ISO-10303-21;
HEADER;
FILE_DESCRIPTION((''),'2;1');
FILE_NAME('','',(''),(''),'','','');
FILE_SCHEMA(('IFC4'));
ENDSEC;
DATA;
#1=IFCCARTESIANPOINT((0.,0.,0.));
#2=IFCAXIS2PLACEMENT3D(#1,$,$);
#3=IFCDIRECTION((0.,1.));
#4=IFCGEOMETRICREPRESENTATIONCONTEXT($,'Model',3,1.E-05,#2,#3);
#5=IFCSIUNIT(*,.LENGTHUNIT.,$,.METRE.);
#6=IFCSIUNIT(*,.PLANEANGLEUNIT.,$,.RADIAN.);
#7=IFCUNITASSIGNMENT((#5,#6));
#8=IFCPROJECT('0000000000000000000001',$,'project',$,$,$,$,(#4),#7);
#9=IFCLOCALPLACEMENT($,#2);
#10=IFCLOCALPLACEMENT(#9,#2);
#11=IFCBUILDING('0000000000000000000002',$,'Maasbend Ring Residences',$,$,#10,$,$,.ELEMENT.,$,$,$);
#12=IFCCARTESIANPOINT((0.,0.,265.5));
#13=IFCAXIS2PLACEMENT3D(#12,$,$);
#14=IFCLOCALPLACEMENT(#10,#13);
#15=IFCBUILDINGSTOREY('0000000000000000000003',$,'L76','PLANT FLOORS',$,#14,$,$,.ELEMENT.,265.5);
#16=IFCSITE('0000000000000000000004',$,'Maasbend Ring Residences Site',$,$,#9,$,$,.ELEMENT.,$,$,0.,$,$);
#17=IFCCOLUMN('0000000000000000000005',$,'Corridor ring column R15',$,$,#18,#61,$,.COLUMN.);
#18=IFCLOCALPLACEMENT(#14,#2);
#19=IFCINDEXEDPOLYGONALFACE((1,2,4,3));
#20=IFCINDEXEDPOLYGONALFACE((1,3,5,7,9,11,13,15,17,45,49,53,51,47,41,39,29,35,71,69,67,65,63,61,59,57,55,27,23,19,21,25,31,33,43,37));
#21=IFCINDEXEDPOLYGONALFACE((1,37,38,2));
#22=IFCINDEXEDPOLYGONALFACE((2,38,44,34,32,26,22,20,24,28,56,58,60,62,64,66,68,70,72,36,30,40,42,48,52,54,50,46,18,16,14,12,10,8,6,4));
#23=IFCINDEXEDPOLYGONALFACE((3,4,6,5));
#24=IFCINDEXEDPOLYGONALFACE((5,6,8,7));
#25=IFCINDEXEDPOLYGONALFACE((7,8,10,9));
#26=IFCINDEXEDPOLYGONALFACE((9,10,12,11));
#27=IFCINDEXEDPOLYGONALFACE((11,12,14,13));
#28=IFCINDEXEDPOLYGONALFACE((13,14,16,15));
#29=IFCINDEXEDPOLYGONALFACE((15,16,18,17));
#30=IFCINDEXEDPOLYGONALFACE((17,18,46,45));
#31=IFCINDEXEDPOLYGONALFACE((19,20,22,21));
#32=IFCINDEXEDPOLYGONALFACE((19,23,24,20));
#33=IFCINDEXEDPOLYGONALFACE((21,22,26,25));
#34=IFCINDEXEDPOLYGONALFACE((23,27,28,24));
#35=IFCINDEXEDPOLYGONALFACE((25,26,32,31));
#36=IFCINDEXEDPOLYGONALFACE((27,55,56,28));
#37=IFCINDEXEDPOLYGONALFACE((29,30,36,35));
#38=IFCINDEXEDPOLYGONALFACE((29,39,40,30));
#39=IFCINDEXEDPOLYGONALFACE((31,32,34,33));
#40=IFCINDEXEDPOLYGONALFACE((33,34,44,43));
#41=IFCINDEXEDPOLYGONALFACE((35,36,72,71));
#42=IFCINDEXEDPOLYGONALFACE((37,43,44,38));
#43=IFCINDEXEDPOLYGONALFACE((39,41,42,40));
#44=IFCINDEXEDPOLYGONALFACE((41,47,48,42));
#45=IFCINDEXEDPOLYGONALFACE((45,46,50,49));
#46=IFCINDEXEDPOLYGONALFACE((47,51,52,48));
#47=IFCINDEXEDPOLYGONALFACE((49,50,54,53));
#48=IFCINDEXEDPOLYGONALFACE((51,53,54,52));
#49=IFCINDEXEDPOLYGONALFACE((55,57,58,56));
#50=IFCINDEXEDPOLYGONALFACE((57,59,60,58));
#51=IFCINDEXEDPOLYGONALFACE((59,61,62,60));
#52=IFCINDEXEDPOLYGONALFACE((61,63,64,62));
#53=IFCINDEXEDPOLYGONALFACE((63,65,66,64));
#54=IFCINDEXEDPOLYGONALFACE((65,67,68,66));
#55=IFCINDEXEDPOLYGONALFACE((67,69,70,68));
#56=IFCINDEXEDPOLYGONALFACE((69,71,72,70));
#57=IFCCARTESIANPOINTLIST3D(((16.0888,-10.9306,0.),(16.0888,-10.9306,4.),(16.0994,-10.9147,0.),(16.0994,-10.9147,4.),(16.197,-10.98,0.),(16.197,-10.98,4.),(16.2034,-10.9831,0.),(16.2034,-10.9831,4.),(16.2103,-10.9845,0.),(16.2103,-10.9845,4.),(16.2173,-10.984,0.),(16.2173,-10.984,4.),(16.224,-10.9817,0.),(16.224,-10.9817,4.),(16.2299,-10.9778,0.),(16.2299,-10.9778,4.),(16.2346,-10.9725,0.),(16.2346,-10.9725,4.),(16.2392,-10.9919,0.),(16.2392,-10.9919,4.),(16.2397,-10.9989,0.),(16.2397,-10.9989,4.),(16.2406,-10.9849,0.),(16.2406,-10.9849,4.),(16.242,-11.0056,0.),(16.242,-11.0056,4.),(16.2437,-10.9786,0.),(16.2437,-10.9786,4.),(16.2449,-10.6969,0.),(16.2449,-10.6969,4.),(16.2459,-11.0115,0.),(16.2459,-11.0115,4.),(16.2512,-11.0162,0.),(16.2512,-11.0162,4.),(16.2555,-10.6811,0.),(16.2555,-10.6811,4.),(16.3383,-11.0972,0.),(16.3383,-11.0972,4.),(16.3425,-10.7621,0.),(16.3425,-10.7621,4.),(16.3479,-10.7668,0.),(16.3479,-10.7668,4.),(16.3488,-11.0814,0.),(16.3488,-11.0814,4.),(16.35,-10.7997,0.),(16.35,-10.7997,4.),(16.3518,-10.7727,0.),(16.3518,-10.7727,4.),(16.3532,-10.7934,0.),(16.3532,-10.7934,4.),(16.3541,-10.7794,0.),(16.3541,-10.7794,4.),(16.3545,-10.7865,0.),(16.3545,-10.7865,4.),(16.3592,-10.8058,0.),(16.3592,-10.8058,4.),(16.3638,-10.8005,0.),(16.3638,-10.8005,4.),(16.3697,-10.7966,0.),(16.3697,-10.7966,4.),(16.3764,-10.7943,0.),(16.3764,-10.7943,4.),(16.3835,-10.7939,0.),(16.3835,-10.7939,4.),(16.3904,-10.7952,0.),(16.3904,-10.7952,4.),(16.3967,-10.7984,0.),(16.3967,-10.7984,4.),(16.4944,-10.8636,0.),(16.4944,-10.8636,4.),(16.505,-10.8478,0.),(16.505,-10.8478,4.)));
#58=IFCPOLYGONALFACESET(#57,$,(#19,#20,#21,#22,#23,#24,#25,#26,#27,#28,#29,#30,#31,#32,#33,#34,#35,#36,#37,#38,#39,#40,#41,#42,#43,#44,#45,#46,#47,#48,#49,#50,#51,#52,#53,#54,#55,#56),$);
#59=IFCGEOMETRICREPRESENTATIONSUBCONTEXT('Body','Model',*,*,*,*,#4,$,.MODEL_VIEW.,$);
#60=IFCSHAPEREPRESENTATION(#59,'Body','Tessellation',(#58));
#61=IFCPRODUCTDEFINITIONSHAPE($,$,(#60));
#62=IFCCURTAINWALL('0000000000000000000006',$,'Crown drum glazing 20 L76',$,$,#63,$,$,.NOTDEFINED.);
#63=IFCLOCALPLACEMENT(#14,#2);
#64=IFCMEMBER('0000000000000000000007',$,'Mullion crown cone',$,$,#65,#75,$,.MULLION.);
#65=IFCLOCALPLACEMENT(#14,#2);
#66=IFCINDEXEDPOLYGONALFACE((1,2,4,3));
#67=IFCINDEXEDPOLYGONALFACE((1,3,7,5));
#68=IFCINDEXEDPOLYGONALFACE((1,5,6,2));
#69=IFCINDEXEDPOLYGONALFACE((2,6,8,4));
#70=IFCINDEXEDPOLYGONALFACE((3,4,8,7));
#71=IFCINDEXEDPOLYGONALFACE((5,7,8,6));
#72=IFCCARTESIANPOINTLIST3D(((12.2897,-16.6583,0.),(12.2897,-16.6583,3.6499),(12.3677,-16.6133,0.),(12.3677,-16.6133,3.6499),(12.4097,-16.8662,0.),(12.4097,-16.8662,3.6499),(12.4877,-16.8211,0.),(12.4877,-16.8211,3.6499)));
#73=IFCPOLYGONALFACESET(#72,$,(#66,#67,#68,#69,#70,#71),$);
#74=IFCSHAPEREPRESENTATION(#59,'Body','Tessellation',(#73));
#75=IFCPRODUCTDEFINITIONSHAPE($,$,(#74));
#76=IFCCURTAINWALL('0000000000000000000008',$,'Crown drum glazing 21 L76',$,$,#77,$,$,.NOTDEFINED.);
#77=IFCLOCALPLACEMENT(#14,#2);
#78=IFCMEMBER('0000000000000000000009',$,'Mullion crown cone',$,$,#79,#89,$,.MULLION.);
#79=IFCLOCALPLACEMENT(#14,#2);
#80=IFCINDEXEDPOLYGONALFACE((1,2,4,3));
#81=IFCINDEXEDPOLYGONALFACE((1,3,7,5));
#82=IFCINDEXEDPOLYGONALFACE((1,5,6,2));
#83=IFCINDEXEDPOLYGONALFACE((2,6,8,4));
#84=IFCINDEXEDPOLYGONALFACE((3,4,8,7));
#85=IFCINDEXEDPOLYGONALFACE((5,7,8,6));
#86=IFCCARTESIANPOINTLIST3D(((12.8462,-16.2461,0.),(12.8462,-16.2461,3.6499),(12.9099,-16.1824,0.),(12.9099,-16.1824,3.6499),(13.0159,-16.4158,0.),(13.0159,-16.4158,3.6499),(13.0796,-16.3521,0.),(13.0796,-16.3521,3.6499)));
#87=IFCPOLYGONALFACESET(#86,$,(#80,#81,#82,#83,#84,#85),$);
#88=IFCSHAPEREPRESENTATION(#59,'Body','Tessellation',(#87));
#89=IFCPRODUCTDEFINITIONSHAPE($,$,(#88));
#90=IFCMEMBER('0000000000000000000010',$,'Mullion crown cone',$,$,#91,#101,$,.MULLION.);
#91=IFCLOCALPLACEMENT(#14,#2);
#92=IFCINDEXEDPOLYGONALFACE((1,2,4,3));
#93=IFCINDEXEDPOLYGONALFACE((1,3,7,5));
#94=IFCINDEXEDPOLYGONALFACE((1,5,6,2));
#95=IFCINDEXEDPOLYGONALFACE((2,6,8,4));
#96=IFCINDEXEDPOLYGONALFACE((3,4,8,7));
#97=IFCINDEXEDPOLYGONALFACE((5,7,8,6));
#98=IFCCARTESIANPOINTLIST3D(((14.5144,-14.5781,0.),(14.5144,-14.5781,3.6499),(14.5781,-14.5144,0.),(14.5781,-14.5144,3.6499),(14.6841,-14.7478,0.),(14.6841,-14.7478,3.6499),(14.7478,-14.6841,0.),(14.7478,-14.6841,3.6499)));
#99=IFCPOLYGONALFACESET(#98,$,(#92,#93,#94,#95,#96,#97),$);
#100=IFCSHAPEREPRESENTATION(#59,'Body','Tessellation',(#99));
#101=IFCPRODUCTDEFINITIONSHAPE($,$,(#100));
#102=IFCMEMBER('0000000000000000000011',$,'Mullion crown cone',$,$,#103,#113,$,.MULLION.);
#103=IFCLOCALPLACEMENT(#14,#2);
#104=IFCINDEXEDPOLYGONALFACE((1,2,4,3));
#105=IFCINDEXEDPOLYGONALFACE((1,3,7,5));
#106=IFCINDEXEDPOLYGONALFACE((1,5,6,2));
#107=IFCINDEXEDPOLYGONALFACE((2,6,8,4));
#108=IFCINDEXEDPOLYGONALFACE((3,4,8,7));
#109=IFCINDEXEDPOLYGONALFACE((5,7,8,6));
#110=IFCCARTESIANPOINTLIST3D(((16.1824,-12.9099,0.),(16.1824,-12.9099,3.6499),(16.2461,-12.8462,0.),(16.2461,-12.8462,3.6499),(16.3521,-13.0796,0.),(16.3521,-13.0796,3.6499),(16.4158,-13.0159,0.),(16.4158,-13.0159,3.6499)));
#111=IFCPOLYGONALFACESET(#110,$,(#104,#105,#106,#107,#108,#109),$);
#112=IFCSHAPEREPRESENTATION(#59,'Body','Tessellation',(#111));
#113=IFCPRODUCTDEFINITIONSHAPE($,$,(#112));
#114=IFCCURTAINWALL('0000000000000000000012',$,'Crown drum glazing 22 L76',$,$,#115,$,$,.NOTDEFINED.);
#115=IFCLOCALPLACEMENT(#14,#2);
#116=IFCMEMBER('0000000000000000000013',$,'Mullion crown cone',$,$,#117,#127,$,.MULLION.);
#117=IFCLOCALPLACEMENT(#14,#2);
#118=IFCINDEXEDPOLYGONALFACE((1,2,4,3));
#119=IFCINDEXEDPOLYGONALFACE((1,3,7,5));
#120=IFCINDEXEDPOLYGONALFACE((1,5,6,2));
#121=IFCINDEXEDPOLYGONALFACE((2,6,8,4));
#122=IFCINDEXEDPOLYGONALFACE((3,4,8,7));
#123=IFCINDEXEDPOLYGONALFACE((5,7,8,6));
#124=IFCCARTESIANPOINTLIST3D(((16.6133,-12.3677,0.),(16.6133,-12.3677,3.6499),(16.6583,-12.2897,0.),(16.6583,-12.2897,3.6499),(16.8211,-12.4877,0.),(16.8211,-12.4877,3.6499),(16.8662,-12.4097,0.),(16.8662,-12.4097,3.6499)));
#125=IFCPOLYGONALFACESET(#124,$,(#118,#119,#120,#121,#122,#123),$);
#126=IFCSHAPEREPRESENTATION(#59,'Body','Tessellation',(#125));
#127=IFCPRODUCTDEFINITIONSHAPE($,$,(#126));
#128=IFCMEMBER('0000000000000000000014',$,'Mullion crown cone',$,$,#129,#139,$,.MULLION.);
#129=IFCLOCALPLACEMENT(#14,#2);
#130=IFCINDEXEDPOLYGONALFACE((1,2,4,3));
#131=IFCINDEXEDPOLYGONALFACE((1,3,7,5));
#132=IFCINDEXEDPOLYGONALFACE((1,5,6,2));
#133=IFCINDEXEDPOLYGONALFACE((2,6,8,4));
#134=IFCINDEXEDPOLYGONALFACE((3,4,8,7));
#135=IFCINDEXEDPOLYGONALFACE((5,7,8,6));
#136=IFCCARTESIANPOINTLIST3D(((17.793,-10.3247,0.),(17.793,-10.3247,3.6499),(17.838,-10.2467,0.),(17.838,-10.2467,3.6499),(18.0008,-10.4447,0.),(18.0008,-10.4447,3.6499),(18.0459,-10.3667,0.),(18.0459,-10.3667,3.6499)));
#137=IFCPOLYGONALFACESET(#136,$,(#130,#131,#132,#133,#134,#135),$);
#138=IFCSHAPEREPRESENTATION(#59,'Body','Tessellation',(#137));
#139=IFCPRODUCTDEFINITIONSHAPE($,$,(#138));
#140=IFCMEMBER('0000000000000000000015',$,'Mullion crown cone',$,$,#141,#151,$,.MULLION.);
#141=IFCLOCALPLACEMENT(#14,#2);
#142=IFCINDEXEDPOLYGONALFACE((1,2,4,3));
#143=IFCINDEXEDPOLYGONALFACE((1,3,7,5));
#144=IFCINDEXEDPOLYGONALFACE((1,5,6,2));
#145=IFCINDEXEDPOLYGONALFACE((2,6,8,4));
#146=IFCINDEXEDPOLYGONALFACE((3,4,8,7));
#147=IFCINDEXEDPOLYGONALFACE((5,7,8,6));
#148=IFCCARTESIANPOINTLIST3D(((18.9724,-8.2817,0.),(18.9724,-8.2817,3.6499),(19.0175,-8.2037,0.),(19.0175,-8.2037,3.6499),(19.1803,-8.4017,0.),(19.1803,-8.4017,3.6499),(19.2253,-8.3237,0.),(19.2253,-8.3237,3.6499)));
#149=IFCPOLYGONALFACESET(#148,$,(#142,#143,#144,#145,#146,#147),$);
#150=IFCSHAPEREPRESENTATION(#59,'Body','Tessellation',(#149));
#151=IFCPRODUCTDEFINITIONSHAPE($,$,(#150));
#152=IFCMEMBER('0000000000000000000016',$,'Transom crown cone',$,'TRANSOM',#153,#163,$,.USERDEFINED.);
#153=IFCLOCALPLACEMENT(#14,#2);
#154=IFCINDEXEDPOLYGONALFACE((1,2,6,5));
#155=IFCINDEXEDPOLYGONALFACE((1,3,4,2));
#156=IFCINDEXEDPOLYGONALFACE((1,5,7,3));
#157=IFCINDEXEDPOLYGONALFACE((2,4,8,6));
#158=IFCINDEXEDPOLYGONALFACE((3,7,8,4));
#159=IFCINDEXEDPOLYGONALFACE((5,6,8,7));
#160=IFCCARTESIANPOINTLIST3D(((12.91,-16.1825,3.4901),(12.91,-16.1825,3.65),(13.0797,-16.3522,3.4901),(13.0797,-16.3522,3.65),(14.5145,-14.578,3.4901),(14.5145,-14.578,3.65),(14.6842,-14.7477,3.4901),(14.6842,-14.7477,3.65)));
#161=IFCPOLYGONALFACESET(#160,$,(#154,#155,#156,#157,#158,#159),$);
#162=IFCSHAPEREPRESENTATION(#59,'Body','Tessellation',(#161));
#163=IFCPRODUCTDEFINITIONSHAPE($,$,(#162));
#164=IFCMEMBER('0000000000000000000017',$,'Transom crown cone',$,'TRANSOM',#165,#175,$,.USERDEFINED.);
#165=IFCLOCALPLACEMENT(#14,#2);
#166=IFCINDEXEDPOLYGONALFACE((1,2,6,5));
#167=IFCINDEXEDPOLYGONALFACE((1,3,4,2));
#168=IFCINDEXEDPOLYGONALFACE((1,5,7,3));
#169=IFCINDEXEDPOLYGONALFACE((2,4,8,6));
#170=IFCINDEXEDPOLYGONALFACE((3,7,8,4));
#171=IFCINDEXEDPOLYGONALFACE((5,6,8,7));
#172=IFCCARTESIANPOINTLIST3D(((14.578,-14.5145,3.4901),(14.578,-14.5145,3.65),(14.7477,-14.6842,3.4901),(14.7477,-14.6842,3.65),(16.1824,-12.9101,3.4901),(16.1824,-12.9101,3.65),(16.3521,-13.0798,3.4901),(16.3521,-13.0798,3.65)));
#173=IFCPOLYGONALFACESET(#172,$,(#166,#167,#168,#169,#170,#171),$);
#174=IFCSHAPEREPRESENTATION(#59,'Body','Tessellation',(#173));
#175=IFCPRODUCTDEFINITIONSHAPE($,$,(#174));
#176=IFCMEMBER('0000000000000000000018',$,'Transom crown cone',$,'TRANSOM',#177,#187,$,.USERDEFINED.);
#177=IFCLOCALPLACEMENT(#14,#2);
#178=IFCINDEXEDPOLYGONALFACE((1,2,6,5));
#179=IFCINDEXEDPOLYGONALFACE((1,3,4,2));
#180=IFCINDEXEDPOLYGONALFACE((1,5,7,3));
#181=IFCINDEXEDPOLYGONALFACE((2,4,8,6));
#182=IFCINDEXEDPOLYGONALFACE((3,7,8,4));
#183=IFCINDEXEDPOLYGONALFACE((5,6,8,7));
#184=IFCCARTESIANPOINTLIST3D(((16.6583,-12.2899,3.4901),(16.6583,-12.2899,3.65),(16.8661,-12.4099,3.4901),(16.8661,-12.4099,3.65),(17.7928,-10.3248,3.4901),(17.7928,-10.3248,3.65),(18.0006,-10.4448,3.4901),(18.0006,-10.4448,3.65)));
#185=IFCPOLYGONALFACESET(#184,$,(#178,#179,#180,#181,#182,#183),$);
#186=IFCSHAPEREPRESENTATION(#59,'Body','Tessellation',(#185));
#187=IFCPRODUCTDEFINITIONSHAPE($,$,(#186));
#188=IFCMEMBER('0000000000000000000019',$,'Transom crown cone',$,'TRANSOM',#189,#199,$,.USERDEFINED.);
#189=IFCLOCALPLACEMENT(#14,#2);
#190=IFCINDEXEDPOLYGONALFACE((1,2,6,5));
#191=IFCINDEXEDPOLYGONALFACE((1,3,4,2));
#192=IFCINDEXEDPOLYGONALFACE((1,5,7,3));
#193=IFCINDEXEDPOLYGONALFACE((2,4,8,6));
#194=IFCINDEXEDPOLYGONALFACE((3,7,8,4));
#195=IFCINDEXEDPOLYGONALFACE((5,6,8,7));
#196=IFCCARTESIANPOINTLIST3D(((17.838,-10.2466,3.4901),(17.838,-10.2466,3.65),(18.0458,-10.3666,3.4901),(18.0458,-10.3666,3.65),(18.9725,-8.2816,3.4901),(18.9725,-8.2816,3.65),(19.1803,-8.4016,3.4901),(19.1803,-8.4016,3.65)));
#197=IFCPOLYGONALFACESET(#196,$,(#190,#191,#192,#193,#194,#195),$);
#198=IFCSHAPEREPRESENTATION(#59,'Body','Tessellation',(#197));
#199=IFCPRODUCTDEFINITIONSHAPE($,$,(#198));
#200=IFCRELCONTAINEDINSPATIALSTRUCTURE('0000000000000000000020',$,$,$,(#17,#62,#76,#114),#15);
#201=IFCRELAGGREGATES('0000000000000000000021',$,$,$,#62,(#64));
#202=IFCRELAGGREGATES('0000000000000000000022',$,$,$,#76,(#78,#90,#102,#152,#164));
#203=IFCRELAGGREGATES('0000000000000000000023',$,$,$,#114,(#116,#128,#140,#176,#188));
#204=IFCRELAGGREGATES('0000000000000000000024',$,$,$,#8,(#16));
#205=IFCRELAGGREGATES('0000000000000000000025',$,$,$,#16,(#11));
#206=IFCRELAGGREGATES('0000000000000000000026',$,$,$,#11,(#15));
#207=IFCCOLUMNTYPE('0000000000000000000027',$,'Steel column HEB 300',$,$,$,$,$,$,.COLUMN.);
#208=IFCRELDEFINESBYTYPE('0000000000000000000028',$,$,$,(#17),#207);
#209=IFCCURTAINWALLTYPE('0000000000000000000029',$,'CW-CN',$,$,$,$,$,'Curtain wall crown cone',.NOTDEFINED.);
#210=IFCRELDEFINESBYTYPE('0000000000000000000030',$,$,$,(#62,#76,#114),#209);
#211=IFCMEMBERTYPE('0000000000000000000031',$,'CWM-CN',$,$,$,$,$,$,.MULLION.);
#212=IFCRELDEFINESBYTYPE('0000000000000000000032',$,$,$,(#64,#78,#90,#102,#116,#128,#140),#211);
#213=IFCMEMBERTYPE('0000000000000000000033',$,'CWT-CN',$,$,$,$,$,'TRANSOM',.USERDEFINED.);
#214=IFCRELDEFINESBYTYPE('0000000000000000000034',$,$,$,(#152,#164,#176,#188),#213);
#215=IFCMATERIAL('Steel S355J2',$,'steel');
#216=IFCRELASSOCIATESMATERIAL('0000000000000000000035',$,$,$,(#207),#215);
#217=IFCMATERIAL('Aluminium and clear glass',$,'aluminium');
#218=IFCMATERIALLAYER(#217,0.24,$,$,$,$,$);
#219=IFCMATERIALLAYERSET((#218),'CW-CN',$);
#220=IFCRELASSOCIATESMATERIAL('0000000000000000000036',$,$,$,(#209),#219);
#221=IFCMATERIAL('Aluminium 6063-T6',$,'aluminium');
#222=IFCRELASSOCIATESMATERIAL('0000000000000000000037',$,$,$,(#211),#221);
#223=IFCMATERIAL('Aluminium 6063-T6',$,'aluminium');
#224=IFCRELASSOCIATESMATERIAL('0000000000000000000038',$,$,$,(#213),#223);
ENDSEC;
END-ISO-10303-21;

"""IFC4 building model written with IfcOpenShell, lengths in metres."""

from ifc_helpers import new_model, si_unit, direction, frame, origin, origin_2d, place, context, subcontext, project, spatial, rectangle, i_section, extrude, material, layer, layer_set, material_profile, profile_set, type_object, element, aggregate, save


model = new_model("IFC4")

# Units and contexts
model_context = context("Model", 3, precision=1e-05, world=origin(), true_north=direction((0.0, 1.0)))
body_context = subcontext(model_context, "Body", "Model", "MODEL_VIEW")
ifc_project = project(units=[si_unit("LENGTHUNIT", "METRE"), si_unit("PLANEANGLEUNIT", "RADIAN")], contexts=[model_context])

# Site, building, storey
site_placement = place(None, origin())
site = spatial("IfcSite", under=ifc_project, at=site_placement, Name="Maasbend Ring Residences Site", CompositionType="ELEMENT", RefElevation=0.0)
building_placement = place(site_placement, origin())
building = spatial("IfcBuilding", under=site, at=building_placement, Name="Maasbend Ring Residences", CompositionType="ELEMENT")
storey_placement = place(building_placement, frame((0.0, 0.0, 265.5)))
storey = spatial("IfcBuildingStorey", under=building, at=storey_placement, Name="L76", Description="PLANT FLOORS", CompositionType="ELEMENT", Elevation=265.5)

# Column
ifc_material_1 = material(Name="Steel S355J2", Category="steel")
ifc_material_profile_1 = material_profile(ifc_material_1, i_section(OverallWidth=0.3, OverallDepth=0.3, WebThickness=0.011, FlangeThickness=0.019, FilletRadius=0.0271, at=origin_2d()), Name="HEB 300")
ifc_profile_set_1 = profile_set([ifc_material_profile_1], Name="Steel S355J2")
column_type = type_object("IfcColumnType", Name="Steel column HEB 300", PredefinedType="COLUMN", material=ifc_profile_set_1)
column_placement = place(storey_placement, frame((16.2969, -10.8892, 0.0), z_axis=(0.0, 0.0, 1.0), x_axis=(0.83147, -0.55557, 0.0)))
element("IfcColumn", 1, at=column_placement, inside=storey, type_object=column_type, Name="Corridor ring column R15", PredefinedType="COLUMN", context=body_context, shape_type="SweptSolid", body=[
    extrude(i_section(OverallWidth=0.3, OverallDepth=0.3, WebThickness=0.011, FlangeThickness=0.019, FilletRadius=0.0271, at=origin_2d()), origin(), (0.0, 0.0, 1.0), 4.0),
])

# Curtain wall, member
ifc_material_2 = material(Name="Aluminium and clear glass", Category="aluminium")
ifc_layer_1 = layer(ifc_material_2, 0.24)
ifc_layer_set_1 = layer_set([ifc_layer_1], Name="CW-CN")
curtain_wall_type = type_object("IfcCurtainWallType", Name="CW-CN", ElementType="Curtain wall crown cone", PredefinedType="NOTDEFINED", material=ifc_layer_set_1)
curtain_wall_1_placement = place(storey_placement, origin())
curtain_wall_1 = element("IfcCurtainWall", 2, at=curtain_wall_1_placement, inside=storey, type_object=curtain_wall_type, Name="Crown drum glazing 20 L76", PredefinedType="NOTDEFINED")
ifc_material_3 = material(Name="Aluminium 6063-T6", Category="aluminium")
ifc_material_profile_2 = material_profile(ifc_material_3, rectangle(XDim=0.24, YDim=0.0901, at=origin_2d()), Name="AL 240x90")
ifc_profile_set_2 = profile_set([ifc_material_profile_2], Name="Aluminium 6063-T6")
member_type_1 = type_object("IfcMemberType", Name="CWM-CN", PredefinedType="MULLION", material=ifc_profile_set_2)
member_1_placement = place(storey_placement, frame((12.3887, -16.7397, 0.0), z_axis=(0.0, 0.0, 1.0), x_axis=(-0.5, 0.866025, 0.0)))
member_1 = element("IfcMember", 3, at=member_1_placement, type_object=member_type_1, Name="Mullion crown cone", PredefinedType="MULLION", context=body_context, shape_type="SweptSolid", body=[
    extrude(rectangle(XDim=0.24, YDim=0.0901, at=origin_2d()), origin(), (0.0, 0.0, 1.0), 3.6499),
])
aggregate(curtain_wall_1, [member_1])

# Curtain walls, members
curtain_wall_2_placement = place(storey_placement, origin())
curtain_wall_2 = element("IfcCurtainWall", 4, at=curtain_wall_2_placement, inside=storey, type_object=curtain_wall_type, Name="Crown drum glazing 21 L76", PredefinedType="NOTDEFINED")
member_2_placement = place(storey_placement, frame((12.9629, -16.2991, 0.0), z_axis=(0.0, 0.0, 1.0), x_axis=(-0.707107, 0.707107, 0.0)))
member_2 = element("IfcMember", 5, at=member_2_placement, type_object=member_type_1, Name="Mullion crown cone", PredefinedType="MULLION", context=body_context, shape_type="SweptSolid", body=[
    extrude(rectangle(XDim=0.24, YDim=0.0901, at=origin_2d()), origin(), (0.0, 0.0, 1.0), 3.6499),
])
member_3_placement = place(storey_placement, frame((14.6311, -14.6311, 0.0), z_axis=(0.0, 0.0, 1.0), x_axis=(-0.707107, 0.707107, 0.0)))
member_3 = element("IfcMember", 6, at=member_3_placement, type_object=member_type_1, Name="Mullion crown cone", PredefinedType="MULLION", context=body_context, shape_type="SweptSolid", body=[
    extrude(rectangle(XDim=0.24, YDim=0.0901, at=origin_2d()), origin(), (0.0, 0.0, 1.0), 3.6499),
])
member_4_placement = place(storey_placement, frame((16.2991, -12.9629, 0.0), z_axis=(0.0, 0.0, 1.0), x_axis=(-0.707107, 0.707107, 0.0)))
member_4 = element("IfcMember", 7, at=member_4_placement, type_object=member_type_1, Name="Mullion crown cone", PredefinedType="MULLION", context=body_context, shape_type="SweptSolid", body=[
    extrude(rectangle(XDim=0.24, YDim=0.0901, at=origin_2d()), origin(), (0.0, 0.0, 1.0), 3.6499),
])
curtain_wall_3_placement = place(storey_placement, origin())
curtain_wall_3 = element("IfcCurtainWall", 8, at=curtain_wall_3_placement, inside=storey, type_object=curtain_wall_type, Name="Crown drum glazing 22 L76", PredefinedType="NOTDEFINED")
member_5_placement = place(storey_placement, frame((16.7397, -12.3887, 0.0), z_axis=(0.0, 0.0, 1.0), x_axis=(-0.866025, 0.5, 0.0)))
member_5 = element("IfcMember", 9, at=member_5_placement, type_object=member_type_1, Name="Mullion crown cone", PredefinedType="MULLION", context=body_context, shape_type="SweptSolid", body=[
    extrude(rectangle(XDim=0.24, YDim=0.0901, at=origin_2d()), origin(), (0.0, 0.0, 1.0), 3.6499),
])
member_6_placement = place(storey_placement, frame((17.9194, -10.3457, 0.0), z_axis=(0.0, 0.0, 1.0), x_axis=(-0.866025, 0.5, 0.0)))
member_6 = element("IfcMember", 10, at=member_6_placement, type_object=member_type_1, Name="Mullion crown cone", PredefinedType="MULLION", context=body_context, shape_type="SweptSolid", body=[
    extrude(rectangle(XDim=0.24, YDim=0.0901, at=origin_2d()), origin(), (0.0, 0.0, 1.0), 3.6499),
])
member_7_placement = place(storey_placement, frame((19.0989, -8.3027, 0.0), z_axis=(0.0, 0.0, 1.0), x_axis=(-0.866025, 0.5, 0.0)))
member_7 = element("IfcMember", 11, at=member_7_placement, type_object=member_type_1, Name="Mullion crown cone", PredefinedType="MULLION", context=body_context, shape_type="SweptSolid", body=[
    extrude(rectangle(XDim=0.24, YDim=0.0901, at=origin_2d()), origin(), (0.0, 0.0, 1.0), 3.6499),
])

# Members
ifc_material_4 = material(Name="Aluminium 6063-T6", Category="aluminium")
ifc_material_profile_3 = material_profile(ifc_material_4, rectangle(XDim=0.24, YDim=0.1599, at=origin_2d()), Name="AL 240x160")
ifc_profile_set_3 = profile_set([ifc_material_profile_3], Name="Aluminium 6063-T6")
member_type_2 = type_object("IfcMemberType", Name="CWT-CN", ElementType="TRANSOM", PredefinedType="USERDEFINED", material=ifc_profile_set_3)
member_8_placement = place(storey_placement, frame((12.9949, -16.2673, 3.5701), z_axis=(0.707107, 0.707107, 0.0), x_axis=(-0.707107, 0.707107, 0.0)))
member_8 = element("IfcMember", 12, at=member_8_placement, type_object=member_type_2, Name="Transom crown cone", ObjectType="TRANSOM", PredefinedType="USERDEFINED", context=body_context, shape_type="SweptSolid", body=[
    extrude(rectangle(XDim=0.24, YDim=0.1599, at=origin_2d()), origin(), (0.0, 0.0, 1.0), 2.269),
])
member_9_placement = place(storey_placement, frame((14.6628, -14.5994, 3.5701), z_axis=(0.707107, 0.707107, 0.0), x_axis=(-0.707107, 0.707107, 0.0)))
member_9 = element("IfcMember", 13, at=member_9_placement, type_object=member_type_2, Name="Transom crown cone", ObjectType="TRANSOM", PredefinedType="USERDEFINED", context=body_context, shape_type="SweptSolid", body=[
    extrude(rectangle(XDim=0.24, YDim=0.1599, at=origin_2d()), origin(), (0.0, 0.0, 1.0), 2.269),
])
member_10_placement = place(storey_placement, frame((16.7622, -12.3499, 3.5701), z_axis=(0.499993, 0.86603, 0.0), x_axis=(-0.86603, 0.499993, 0.0)))
member_10 = element("IfcMember", 14, at=member_10_placement, type_object=member_type_2, Name="Transom crown cone", ObjectType="TRANSOM", PredefinedType="USERDEFINED", context=body_context, shape_type="SweptSolid", body=[
    extrude(rectangle(XDim=0.24, YDim=0.1599, at=origin_2d()), origin(), (0.0, 0.0, 1.0), 2.269),
])
member_11_placement = place(storey_placement, frame((17.9419, -10.3066, 3.5701), z_axis=(0.499993, 0.86603, 0.0), x_axis=(-0.86603, 0.499993, 0.0)))
member_11 = element("IfcMember", 15, at=member_11_placement, type_object=member_type_2, Name="Transom crown cone", ObjectType="TRANSOM", PredefinedType="USERDEFINED", context=body_context, shape_type="SweptSolid", body=[
    extrude(rectangle(XDim=0.24, YDim=0.1599, at=origin_2d()), origin(), (0.0, 0.0, 1.0), 2.269),
])

aggregate(curtain_wall_2, [member_2, member_3, member_4, member_8, member_9])
aggregate(curtain_wall_3, [member_5, member_6, member_7, member_10, member_11])

save(model, "model.ifc")
